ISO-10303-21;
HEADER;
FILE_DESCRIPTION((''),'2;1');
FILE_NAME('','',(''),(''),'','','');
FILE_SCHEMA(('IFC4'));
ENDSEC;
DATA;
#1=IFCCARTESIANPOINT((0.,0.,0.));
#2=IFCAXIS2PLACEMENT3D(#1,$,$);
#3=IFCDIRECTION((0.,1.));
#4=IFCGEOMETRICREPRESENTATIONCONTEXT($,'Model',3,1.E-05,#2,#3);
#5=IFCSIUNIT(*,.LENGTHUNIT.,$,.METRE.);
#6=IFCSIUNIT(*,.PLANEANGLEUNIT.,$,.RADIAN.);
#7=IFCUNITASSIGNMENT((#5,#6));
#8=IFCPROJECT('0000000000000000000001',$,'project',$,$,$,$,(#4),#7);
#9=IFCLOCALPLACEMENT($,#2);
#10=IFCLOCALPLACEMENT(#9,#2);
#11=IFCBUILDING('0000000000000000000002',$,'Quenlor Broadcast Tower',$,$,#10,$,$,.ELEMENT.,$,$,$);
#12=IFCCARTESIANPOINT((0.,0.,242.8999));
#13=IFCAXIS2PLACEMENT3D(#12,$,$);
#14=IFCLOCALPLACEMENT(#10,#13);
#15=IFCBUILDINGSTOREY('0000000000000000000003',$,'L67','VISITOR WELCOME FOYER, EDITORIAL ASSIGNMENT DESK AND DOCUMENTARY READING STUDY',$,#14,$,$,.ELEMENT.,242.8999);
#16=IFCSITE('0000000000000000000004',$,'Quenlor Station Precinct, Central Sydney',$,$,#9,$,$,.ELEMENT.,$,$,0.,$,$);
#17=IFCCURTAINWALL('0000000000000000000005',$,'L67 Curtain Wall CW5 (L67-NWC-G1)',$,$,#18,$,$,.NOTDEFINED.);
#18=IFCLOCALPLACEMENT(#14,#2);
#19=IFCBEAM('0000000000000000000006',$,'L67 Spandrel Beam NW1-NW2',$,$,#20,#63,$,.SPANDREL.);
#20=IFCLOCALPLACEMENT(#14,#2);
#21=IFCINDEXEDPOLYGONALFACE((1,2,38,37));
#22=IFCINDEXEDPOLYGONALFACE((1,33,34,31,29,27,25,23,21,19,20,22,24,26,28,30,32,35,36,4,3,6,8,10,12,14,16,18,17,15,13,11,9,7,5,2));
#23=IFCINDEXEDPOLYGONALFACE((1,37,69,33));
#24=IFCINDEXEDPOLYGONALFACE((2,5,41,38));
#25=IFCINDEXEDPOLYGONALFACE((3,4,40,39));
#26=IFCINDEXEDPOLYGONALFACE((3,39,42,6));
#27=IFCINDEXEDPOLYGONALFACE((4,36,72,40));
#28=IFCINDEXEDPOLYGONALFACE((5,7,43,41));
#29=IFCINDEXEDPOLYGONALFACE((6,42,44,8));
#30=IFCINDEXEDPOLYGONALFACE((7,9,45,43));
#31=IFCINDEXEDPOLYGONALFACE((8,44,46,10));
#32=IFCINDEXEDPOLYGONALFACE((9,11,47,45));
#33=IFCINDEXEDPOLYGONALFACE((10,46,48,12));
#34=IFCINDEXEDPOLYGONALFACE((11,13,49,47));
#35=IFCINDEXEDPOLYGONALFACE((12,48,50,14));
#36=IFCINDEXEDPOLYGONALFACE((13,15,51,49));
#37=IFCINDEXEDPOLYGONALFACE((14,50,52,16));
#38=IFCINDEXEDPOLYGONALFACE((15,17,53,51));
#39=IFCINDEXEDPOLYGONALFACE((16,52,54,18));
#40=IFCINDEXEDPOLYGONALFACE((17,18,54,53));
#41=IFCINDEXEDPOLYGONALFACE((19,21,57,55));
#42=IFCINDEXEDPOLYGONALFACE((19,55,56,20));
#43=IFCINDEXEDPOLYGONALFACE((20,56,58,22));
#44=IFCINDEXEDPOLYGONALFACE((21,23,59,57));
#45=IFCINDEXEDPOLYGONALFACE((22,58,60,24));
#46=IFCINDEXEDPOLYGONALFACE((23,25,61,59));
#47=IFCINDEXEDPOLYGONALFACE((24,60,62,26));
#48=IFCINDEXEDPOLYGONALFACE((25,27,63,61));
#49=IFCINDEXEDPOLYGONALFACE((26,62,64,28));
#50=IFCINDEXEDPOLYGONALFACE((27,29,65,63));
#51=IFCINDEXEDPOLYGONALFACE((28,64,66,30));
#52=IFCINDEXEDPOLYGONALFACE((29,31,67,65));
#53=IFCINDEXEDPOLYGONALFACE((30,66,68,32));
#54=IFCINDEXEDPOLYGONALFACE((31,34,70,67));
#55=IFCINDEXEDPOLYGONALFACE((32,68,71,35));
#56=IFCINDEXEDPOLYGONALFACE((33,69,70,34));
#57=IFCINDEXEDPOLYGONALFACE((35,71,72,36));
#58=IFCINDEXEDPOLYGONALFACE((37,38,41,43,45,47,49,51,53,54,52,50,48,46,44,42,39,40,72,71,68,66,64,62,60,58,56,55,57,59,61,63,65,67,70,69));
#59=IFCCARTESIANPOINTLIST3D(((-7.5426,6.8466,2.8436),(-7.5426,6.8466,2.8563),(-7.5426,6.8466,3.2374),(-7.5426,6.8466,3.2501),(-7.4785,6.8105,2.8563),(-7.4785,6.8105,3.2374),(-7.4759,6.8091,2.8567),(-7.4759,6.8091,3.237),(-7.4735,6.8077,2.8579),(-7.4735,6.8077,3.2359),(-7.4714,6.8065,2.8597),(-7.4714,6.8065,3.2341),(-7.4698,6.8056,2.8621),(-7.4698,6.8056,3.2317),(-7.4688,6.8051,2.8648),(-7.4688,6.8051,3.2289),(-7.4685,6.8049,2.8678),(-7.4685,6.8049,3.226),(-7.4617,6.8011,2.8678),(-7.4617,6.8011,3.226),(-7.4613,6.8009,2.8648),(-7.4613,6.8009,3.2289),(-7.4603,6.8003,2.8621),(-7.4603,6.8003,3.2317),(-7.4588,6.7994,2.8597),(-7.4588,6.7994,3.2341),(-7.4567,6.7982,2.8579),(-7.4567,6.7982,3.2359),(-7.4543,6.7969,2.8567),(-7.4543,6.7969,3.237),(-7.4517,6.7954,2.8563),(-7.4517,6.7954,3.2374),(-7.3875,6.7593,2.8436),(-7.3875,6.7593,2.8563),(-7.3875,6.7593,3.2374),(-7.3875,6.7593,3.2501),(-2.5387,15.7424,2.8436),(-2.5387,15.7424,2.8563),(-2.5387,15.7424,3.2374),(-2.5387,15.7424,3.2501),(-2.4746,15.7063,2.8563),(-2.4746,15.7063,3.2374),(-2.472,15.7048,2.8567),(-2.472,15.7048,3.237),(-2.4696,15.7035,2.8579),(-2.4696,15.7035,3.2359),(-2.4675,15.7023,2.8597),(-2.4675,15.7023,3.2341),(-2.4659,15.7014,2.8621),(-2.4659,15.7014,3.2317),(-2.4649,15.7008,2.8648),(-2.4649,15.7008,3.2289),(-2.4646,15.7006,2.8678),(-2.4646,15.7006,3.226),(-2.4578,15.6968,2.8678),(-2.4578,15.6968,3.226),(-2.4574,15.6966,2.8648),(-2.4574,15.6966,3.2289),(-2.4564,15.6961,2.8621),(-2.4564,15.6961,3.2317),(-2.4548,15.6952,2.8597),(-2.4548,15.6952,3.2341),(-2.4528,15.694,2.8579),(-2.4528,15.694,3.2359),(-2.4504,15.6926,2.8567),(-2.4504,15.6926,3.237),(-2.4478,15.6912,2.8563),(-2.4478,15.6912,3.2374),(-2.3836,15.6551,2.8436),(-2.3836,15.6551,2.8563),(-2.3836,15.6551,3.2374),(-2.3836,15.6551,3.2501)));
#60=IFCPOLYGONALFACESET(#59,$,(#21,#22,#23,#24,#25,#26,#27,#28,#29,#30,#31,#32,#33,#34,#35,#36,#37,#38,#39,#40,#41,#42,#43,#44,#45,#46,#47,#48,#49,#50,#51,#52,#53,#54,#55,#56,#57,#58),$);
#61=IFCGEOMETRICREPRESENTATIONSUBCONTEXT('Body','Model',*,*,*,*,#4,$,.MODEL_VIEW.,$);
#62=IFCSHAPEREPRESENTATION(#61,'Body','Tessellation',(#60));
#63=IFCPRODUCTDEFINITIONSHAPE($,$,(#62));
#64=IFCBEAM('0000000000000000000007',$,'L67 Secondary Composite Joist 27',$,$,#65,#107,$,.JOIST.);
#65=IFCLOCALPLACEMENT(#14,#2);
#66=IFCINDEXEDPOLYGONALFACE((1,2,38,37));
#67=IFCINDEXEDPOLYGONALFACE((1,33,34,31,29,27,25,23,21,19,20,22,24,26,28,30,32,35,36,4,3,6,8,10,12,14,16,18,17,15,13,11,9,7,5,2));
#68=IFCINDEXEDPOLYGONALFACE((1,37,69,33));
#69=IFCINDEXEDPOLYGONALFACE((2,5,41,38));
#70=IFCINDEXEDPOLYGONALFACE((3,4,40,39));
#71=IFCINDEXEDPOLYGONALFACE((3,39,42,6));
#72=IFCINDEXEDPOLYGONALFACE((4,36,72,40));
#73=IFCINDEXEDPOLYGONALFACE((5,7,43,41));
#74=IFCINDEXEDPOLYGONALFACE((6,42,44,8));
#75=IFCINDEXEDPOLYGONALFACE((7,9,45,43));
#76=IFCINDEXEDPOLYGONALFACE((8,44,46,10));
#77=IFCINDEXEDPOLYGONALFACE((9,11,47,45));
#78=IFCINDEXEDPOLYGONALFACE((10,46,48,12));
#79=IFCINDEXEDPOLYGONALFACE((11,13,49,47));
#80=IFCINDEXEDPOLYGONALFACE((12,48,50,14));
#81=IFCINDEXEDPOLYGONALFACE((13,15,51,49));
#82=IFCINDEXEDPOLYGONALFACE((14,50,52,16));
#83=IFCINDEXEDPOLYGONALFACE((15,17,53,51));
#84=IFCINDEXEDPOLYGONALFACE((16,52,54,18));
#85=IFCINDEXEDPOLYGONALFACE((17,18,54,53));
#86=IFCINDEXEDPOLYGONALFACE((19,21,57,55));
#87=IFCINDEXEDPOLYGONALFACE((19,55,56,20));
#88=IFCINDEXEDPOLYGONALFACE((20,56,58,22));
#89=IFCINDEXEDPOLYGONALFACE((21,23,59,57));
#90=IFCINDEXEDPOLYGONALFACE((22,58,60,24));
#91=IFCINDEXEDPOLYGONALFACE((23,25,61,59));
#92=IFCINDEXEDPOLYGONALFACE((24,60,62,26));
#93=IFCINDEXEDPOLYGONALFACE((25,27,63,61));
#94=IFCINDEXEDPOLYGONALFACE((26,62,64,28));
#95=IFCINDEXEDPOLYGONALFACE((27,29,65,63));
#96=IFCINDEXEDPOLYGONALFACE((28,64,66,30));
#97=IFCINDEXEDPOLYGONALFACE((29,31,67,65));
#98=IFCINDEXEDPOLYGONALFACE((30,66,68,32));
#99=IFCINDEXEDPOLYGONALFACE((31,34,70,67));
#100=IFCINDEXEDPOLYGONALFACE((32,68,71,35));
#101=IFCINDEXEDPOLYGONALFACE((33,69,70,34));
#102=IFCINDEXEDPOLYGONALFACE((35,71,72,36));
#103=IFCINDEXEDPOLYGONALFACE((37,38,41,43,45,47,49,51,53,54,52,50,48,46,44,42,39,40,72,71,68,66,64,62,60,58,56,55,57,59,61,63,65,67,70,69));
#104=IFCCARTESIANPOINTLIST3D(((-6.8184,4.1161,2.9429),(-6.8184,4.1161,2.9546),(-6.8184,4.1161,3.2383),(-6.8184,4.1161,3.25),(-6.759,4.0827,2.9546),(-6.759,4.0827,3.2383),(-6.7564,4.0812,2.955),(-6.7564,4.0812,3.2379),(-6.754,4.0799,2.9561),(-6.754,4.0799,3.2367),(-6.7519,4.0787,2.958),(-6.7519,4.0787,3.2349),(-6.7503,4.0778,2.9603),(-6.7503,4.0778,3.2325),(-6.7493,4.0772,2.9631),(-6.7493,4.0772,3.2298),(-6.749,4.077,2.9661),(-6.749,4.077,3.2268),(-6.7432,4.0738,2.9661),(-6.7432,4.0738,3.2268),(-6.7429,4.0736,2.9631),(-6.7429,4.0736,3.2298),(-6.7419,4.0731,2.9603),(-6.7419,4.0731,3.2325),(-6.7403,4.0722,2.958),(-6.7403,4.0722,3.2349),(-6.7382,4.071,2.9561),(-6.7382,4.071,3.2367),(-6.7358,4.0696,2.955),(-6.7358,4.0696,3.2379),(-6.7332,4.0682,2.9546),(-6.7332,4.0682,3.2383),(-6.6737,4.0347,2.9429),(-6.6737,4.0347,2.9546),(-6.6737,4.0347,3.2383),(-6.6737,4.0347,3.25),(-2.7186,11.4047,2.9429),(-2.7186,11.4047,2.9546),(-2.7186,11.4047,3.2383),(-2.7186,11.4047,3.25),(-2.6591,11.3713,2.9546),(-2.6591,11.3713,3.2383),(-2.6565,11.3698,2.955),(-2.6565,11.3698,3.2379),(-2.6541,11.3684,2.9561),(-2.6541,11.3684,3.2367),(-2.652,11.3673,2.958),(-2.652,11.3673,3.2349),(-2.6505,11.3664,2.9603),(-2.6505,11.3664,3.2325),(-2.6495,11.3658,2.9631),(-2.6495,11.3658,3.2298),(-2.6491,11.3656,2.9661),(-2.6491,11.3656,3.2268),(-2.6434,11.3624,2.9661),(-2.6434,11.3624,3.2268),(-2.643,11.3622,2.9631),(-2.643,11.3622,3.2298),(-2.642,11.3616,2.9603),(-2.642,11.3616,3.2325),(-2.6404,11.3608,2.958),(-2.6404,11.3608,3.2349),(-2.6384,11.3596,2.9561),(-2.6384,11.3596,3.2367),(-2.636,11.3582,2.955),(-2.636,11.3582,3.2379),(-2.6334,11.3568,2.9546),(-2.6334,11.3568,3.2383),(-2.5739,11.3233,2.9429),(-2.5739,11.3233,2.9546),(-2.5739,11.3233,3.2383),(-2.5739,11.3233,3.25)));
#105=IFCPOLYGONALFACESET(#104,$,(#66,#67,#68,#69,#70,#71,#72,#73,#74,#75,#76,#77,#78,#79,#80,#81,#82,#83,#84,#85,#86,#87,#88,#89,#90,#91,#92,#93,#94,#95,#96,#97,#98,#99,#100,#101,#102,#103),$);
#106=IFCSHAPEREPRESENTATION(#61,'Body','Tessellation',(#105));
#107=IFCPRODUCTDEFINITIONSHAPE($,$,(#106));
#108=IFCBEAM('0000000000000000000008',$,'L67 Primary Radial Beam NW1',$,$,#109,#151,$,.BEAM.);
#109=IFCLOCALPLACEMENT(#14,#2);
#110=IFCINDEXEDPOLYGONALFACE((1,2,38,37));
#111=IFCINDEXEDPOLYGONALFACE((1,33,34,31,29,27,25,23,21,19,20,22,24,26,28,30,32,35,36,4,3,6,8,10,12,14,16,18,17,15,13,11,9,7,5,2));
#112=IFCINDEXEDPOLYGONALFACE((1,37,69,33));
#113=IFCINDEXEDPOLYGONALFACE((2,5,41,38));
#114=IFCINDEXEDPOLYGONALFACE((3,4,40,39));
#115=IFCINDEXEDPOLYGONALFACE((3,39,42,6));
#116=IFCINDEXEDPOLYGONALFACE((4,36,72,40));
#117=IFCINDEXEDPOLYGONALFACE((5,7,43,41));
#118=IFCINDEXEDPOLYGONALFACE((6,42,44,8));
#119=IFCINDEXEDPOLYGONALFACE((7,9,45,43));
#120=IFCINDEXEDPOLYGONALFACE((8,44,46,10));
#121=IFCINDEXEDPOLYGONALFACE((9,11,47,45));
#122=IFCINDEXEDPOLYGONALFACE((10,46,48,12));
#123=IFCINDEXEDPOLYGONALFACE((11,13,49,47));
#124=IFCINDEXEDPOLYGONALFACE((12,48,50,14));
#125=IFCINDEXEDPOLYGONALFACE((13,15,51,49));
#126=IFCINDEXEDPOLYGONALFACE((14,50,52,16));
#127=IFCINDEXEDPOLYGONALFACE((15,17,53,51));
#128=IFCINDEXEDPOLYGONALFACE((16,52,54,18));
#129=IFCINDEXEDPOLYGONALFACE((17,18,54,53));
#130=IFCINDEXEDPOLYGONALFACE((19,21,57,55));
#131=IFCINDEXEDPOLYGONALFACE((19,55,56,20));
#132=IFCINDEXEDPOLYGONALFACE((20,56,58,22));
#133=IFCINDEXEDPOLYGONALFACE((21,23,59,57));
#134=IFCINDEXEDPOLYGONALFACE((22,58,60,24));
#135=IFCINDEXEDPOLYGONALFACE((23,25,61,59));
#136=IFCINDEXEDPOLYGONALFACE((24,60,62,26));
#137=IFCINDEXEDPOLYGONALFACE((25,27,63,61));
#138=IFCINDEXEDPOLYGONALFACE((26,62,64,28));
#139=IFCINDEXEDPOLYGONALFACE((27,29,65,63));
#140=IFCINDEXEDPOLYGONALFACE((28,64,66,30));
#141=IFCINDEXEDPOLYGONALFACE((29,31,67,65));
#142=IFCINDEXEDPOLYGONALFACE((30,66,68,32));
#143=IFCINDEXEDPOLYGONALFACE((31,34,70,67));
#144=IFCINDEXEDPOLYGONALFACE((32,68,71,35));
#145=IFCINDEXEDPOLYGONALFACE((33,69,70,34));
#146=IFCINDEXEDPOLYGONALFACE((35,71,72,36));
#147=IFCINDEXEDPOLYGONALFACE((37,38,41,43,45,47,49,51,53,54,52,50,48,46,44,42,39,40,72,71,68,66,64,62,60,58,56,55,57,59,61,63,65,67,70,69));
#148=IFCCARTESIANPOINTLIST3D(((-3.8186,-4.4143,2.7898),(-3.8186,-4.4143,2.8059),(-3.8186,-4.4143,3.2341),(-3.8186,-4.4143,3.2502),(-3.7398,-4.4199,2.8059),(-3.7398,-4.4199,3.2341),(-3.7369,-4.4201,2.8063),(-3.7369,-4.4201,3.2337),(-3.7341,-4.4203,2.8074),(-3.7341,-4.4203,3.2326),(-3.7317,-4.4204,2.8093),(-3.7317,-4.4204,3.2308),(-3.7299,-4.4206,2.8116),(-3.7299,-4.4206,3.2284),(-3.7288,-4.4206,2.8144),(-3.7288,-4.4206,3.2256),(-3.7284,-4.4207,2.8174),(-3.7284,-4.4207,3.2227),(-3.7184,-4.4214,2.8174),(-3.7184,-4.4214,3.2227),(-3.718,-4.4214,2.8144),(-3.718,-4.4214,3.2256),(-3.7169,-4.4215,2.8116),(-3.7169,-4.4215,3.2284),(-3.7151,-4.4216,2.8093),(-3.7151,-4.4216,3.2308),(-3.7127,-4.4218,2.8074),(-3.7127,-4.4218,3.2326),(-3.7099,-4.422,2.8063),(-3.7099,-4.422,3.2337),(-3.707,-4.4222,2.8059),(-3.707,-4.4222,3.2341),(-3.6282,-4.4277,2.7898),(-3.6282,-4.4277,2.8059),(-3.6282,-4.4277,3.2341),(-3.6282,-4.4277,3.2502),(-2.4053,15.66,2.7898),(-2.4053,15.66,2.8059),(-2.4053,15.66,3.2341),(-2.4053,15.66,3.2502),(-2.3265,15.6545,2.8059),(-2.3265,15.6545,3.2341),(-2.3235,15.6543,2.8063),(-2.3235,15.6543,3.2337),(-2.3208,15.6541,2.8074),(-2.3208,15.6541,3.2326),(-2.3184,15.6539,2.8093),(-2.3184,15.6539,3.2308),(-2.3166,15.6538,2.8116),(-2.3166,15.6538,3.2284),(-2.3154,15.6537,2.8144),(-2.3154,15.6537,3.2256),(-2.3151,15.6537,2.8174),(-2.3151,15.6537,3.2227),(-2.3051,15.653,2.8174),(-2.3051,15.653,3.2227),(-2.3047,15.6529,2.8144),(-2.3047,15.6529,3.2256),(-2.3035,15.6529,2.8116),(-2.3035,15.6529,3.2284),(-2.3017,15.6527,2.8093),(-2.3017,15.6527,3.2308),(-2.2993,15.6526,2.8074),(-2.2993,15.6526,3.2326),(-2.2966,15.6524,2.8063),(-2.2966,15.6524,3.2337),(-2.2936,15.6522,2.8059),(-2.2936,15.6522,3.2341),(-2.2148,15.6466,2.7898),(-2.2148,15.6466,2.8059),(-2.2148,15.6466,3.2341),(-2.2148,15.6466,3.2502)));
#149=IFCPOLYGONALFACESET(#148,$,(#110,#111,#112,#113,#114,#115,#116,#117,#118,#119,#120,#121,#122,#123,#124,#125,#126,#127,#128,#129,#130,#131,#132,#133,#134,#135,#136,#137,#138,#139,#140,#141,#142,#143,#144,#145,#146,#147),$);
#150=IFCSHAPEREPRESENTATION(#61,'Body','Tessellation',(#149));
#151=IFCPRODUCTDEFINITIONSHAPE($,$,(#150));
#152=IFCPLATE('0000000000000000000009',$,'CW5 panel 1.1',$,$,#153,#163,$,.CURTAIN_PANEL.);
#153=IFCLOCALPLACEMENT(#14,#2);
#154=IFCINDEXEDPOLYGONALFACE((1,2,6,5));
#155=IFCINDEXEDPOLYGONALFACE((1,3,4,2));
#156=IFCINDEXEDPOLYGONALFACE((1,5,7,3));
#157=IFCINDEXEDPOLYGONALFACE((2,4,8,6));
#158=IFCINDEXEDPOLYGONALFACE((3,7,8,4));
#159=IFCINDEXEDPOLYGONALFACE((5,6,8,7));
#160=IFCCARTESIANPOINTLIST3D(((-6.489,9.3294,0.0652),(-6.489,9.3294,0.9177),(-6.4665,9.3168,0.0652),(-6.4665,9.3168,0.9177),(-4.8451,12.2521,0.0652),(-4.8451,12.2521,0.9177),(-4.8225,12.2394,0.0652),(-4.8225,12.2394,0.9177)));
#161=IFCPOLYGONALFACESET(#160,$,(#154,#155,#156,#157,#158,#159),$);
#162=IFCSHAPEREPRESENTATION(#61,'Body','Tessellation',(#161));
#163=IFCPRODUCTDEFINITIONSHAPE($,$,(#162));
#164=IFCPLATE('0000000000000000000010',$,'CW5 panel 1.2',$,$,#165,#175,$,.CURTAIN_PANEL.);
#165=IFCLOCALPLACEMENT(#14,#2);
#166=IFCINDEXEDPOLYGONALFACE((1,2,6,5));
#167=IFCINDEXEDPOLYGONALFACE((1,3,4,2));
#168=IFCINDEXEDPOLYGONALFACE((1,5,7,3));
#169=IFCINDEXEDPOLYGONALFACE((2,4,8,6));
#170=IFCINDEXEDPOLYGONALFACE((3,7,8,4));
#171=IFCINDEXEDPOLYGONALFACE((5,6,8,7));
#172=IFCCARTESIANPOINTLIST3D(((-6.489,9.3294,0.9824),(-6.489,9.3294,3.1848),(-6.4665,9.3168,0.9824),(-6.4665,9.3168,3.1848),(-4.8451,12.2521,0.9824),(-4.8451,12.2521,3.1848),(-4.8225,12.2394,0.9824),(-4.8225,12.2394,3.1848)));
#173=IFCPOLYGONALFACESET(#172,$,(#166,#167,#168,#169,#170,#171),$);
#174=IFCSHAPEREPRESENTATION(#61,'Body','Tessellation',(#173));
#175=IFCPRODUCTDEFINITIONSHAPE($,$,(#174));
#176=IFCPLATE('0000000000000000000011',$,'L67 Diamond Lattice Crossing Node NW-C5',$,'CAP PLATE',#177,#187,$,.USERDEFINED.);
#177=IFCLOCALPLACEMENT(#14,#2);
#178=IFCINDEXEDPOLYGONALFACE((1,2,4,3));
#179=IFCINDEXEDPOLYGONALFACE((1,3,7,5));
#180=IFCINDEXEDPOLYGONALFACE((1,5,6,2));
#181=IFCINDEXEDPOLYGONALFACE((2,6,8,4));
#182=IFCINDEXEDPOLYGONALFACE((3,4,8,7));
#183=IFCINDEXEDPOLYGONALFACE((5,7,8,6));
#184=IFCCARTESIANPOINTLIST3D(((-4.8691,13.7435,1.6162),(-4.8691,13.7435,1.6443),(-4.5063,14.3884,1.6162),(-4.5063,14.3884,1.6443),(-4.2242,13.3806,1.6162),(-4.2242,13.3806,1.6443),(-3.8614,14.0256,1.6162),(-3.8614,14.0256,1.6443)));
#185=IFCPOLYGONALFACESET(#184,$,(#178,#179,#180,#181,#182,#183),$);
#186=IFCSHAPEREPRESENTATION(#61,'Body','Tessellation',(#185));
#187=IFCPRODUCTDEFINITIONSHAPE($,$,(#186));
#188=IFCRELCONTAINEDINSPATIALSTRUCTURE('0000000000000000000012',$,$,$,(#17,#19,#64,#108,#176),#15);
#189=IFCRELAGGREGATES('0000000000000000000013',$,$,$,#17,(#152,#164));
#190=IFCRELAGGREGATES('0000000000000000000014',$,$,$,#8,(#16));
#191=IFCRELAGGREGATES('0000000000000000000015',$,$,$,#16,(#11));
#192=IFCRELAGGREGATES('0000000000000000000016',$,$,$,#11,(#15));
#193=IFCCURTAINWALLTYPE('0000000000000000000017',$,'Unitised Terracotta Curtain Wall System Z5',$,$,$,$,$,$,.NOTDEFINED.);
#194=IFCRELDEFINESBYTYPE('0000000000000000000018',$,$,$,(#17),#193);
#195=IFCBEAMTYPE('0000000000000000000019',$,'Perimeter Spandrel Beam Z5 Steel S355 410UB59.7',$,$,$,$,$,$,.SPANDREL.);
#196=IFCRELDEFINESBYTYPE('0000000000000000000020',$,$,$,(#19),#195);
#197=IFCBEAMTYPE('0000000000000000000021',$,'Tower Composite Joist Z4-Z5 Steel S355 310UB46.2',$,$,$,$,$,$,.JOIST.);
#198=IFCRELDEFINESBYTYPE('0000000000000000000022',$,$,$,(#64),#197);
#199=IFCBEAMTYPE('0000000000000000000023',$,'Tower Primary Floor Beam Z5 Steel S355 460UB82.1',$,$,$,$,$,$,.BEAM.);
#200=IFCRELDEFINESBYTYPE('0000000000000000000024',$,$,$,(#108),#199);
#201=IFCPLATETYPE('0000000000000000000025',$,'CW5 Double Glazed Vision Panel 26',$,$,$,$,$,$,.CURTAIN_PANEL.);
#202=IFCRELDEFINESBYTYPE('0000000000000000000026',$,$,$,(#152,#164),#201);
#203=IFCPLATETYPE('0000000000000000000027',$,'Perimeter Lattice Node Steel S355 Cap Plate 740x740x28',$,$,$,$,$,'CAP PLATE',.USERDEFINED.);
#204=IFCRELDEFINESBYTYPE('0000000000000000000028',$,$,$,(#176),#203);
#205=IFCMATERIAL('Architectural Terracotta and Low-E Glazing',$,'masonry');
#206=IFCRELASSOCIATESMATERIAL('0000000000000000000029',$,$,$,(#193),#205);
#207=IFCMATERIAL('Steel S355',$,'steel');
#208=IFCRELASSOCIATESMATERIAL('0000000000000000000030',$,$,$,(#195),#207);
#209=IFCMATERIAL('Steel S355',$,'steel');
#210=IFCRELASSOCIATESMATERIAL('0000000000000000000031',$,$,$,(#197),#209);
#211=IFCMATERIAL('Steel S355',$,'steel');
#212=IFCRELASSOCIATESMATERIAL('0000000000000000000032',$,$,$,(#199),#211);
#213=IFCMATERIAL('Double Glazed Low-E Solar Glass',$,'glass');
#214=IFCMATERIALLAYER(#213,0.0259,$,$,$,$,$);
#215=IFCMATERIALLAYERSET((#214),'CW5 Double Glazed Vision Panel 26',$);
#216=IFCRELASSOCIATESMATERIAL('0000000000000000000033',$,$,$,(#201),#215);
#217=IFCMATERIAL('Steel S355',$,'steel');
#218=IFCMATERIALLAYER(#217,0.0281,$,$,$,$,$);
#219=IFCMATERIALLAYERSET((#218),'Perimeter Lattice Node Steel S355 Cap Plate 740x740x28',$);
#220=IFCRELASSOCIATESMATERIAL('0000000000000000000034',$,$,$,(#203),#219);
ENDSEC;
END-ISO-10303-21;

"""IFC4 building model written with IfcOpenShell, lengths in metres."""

from ifc_helpers import new_model, si_unit, direction, frame, origin, origin_2d, place, context, subcontext, project, spatial, rectangle, i_section, extrude, material, layer, layer_set, material_profile, profile_set, type_object, element, aggregate, save


model = new_model("IFC4")

# Units and contexts
model_context = context("Model", 3, precision=1e-05, world=origin(), true_north=direction((0.0, 1.0)))
body_context = subcontext(model_context, "Body", "Model", "MODEL_VIEW")
ifc_project = project(units=[si_unit("LENGTHUNIT", "METRE"), si_unit("PLANEANGLEUNIT", "RADIAN")], contexts=[model_context])

# Site, building, storey
site_placement = place(None, origin())
site = spatial("IfcSite", under=ifc_project, at=site_placement, Name="Quenlor Station Precinct, Central Sydney", CompositionType="ELEMENT", RefElevation=0.0)
building_placement = place(site_placement, origin())
building = spatial("IfcBuilding", under=site, at=building_placement, Name="Quenlor Broadcast Tower", CompositionType="ELEMENT")
storey_placement = place(building_placement, frame((0.0, 0.0, 242.8999)))
storey = spatial("IfcBuildingStorey", under=building, at=storey_placement, Name="L67", Description="VISITOR WELCOME FOYER, EDITORIAL ASSIGNMENT DESK AND DOCUMENTARY READING STUDY", CompositionType="ELEMENT", Elevation=242.8999)

# Curtain wall
ifc_material_1 = material(Name="Architectural Terracotta and Low-E Glazing", Category="masonry")
curtain_wall_type = type_object("IfcCurtainWallType", Name="Unitised Terracotta Curtain Wall System Z5", PredefinedType="NOTDEFINED", material=ifc_material_1)
curtain_wall_placement = place(storey_placement, origin())
curtain_wall = element("IfcCurtainWall", 1, at=curtain_wall_placement, inside=storey, type_object=curtain_wall_type, Name="L67 Curtain Wall CW5 (L67-NWC-G1)", PredefinedType="NOTDEFINED")

# Beams
ifc_material_2 = material(Name="Steel S355", Category="steel")
ifc_material_profile_1 = material_profile(ifc_material_2, i_section(OverallWidth=0.178, OverallDepth=0.4065, WebThickness=0.0078, FlangeThickness=0.0127, FilletRadius=0.0115, at=origin_2d()))
ifc_profile_set_1 = profile_set([ifc_material_profile_1], Name="Steel S355 410UB59.7")
beam_type_1 = type_object("IfcBeamType", Name="Perimeter Spandrel Beam Z5 Steel S355 410UB59.7", PredefinedType="SPANDREL", material=ifc_profile_set_1)
beam_1_placement = place(storey_placement, frame((-2.4612, 15.6987, 3.0469), z_axis=(-0.490265, -0.871574, 0.0), x_axis=(0.871574, -0.490265, 0.0)))
element("IfcBeam", 2, at=beam_1_placement, inside=storey, type_object=beam_type_1, Name="L67 Spandrel Beam NW1-NW2", PredefinedType="SPANDREL", context=body_context, shape_type="SweptSolid", body=[
    extrude(i_section(OverallWidth=0.178, OverallDepth=0.4065, WebThickness=0.0078, FlangeThickness=0.0127, FilletRadius=0.0115, at=origin_2d()), origin(), (0.0, 0.0, 1.0), 10.2065),
])
ifc_material_3 = material(Name="Steel S355", Category="steel")
ifc_material_profile_2 = material_profile(ifc_material_3, i_section(OverallWidth=0.166, OverallDepth=0.3071, WebThickness=0.0066, FlangeThickness=0.0117, FilletRadius=0.0115, at=origin_2d()))
ifc_profile_set_2 = profile_set([ifc_material_profile_2], Name="Steel S355 310UB46.2")
beam_type_2 = type_object("IfcBeamType", Name="Tower Composite Joist Z4-Z5 Steel S355 310UB46.2", PredefinedType="JOIST", material=ifc_profile_set_2)
beam_2_placement = place(storey_placement, frame((-2.6462, 11.364, 3.0964), z_axis=(-0.490264, -0.871574, 0.0), x_axis=(0.871574, -0.490264, 0.0)))
element("IfcBeam", 3, at=beam_2_placement, inside=storey, type_object=beam_type_2, Name="L67 Secondary Composite Joist 27", PredefinedType="JOIST", context=body_context, shape_type="SweptSolid", body=[
    extrude(i_section(OverallWidth=0.166, OverallDepth=0.3071, WebThickness=0.0066, FlangeThickness=0.0117, FilletRadius=0.0115, at=origin_2d()), origin(), (0.0, 0.0, 1.0), 8.3625),
])
ifc_material_4 = material(Name="Steel S355", Category="steel")
ifc_material_profile_3 = material_profile(ifc_material_4, i_section(OverallWidth=0.1909, OverallDepth=0.4604, WebThickness=0.01, FlangeThickness=0.0161, FilletRadius=0.0115, at=origin_2d()))
ifc_profile_set_3 = profile_set([ifc_material_profile_3], Name="Steel S355 460UB82.1")
beam_type_3 = type_object("IfcBeamType", Name="Tower Primary Floor Beam Z5 Steel S355 460UB82.1", PredefinedType="BEAM", material=ifc_profile_set_3)
beam_3_placement = place(storey_placement, frame((-2.3101, 15.6533, 3.02), z_axis=(-0.070231, -0.997531, 0.0), x_axis=(0.997531, -0.070231, 0.0)))
element("IfcBeam", 4, at=beam_3_placement, inside=storey, type_object=beam_type_3, Name="L67 Primary Radial Beam NW1", PredefinedType="BEAM", context=body_context, shape_type="SweptSolid", body=[
    extrude(i_section(OverallWidth=0.1909, OverallDepth=0.4604, WebThickness=0.01, FlangeThickness=0.0161, FilletRadius=0.0115, at=origin_2d()), origin(), (0.0, 0.0, 1.0), 20.124),
])

# Plates
ifc_material_5 = material(Name="Double Glazed Low-E Solar Glass", Category="glass")
ifc_layer_1 = layer(ifc_material_5, 0.0259)
ifc_layer_set_1 = layer_set([ifc_layer_1], Name="CW5 Double Glazed Vision Panel 26")
plate_type_1 = type_object("IfcPlateType", Name="CW5 Double Glazed Vision Panel 26", PredefinedType="CURTAIN_PANEL", material=ifc_layer_set_1)
plate_1_placement = place(storey_placement, frame((-5.6558, 10.7844, 0.0652), z_axis=(0.0, 0.0, 1.0), x_axis=(0.49025, 0.871582, 0.0)))
plate_1 = element("IfcPlate", 5, at=plate_1_placement, type_object=plate_type_1, Name="CW5 panel 1.1", PredefinedType="CURTAIN_PANEL", context=body_context, shape_type="SweptSolid", body=[
    extrude(rectangle(XDim=3.3533, YDim=0.0259, at=origin_2d()), origin(), (0.0, 0.0, 1.0), 0.8525),
])
plate_2_placement = place(storey_placement, frame((-5.6558, 10.7844, 0.9824), z_axis=(0.0, 0.0, 1.0), x_axis=(0.49025, 0.871582, 0.0)))
plate_2 = element("IfcPlate", 6, at=plate_2_placement, type_object=plate_type_1, Name="CW5 panel 1.2", PredefinedType="CURTAIN_PANEL", context=body_context, shape_type="SweptSolid", body=[
    extrude(rectangle(XDim=3.3533, YDim=0.0259, at=origin_2d()), origin(), (0.0, 0.0, 1.0), 2.2024),
])
aggregate(curtain_wall, [plate_1, plate_2])

# Plate
ifc_material_6 = material(Name="Steel S355", Category="steel")
ifc_layer_2 = layer(ifc_material_6, 0.0281)
ifc_layer_set_2 = layer_set([ifc_layer_2], Name="Perimeter Lattice Node Steel S355 Cap Plate 740x740x28")
plate_type_2 = type_object("IfcPlateType", Name="Perimeter Lattice Node Steel S355 Cap Plate 740x740x28", ElementType="CAP PLATE", PredefinedType="USERDEFINED", material=ifc_layer_set_2)
plate_3_placement = place(storey_placement, frame((-4.3652, 13.8845, 1.6162), z_axis=(0.0, 0.0, 1.0), x_axis=(0.490295, 0.871556, 0.0)))
element("IfcPlate", 7, at=plate_3_placement, inside=storey, type_object=plate_type_2, Name="L67 Diamond Lattice Crossing Node NW-C5", ObjectType="CAP PLATE", PredefinedType="USERDEFINED", context=body_context, shape_type="SweptSolid", body=[
    extrude(rectangle(XDim=0.74, YDim=0.74, at=origin_2d()), origin(), (0.0, 0.0, 1.0), 0.0281),
])

save(model, "model.ifc")
